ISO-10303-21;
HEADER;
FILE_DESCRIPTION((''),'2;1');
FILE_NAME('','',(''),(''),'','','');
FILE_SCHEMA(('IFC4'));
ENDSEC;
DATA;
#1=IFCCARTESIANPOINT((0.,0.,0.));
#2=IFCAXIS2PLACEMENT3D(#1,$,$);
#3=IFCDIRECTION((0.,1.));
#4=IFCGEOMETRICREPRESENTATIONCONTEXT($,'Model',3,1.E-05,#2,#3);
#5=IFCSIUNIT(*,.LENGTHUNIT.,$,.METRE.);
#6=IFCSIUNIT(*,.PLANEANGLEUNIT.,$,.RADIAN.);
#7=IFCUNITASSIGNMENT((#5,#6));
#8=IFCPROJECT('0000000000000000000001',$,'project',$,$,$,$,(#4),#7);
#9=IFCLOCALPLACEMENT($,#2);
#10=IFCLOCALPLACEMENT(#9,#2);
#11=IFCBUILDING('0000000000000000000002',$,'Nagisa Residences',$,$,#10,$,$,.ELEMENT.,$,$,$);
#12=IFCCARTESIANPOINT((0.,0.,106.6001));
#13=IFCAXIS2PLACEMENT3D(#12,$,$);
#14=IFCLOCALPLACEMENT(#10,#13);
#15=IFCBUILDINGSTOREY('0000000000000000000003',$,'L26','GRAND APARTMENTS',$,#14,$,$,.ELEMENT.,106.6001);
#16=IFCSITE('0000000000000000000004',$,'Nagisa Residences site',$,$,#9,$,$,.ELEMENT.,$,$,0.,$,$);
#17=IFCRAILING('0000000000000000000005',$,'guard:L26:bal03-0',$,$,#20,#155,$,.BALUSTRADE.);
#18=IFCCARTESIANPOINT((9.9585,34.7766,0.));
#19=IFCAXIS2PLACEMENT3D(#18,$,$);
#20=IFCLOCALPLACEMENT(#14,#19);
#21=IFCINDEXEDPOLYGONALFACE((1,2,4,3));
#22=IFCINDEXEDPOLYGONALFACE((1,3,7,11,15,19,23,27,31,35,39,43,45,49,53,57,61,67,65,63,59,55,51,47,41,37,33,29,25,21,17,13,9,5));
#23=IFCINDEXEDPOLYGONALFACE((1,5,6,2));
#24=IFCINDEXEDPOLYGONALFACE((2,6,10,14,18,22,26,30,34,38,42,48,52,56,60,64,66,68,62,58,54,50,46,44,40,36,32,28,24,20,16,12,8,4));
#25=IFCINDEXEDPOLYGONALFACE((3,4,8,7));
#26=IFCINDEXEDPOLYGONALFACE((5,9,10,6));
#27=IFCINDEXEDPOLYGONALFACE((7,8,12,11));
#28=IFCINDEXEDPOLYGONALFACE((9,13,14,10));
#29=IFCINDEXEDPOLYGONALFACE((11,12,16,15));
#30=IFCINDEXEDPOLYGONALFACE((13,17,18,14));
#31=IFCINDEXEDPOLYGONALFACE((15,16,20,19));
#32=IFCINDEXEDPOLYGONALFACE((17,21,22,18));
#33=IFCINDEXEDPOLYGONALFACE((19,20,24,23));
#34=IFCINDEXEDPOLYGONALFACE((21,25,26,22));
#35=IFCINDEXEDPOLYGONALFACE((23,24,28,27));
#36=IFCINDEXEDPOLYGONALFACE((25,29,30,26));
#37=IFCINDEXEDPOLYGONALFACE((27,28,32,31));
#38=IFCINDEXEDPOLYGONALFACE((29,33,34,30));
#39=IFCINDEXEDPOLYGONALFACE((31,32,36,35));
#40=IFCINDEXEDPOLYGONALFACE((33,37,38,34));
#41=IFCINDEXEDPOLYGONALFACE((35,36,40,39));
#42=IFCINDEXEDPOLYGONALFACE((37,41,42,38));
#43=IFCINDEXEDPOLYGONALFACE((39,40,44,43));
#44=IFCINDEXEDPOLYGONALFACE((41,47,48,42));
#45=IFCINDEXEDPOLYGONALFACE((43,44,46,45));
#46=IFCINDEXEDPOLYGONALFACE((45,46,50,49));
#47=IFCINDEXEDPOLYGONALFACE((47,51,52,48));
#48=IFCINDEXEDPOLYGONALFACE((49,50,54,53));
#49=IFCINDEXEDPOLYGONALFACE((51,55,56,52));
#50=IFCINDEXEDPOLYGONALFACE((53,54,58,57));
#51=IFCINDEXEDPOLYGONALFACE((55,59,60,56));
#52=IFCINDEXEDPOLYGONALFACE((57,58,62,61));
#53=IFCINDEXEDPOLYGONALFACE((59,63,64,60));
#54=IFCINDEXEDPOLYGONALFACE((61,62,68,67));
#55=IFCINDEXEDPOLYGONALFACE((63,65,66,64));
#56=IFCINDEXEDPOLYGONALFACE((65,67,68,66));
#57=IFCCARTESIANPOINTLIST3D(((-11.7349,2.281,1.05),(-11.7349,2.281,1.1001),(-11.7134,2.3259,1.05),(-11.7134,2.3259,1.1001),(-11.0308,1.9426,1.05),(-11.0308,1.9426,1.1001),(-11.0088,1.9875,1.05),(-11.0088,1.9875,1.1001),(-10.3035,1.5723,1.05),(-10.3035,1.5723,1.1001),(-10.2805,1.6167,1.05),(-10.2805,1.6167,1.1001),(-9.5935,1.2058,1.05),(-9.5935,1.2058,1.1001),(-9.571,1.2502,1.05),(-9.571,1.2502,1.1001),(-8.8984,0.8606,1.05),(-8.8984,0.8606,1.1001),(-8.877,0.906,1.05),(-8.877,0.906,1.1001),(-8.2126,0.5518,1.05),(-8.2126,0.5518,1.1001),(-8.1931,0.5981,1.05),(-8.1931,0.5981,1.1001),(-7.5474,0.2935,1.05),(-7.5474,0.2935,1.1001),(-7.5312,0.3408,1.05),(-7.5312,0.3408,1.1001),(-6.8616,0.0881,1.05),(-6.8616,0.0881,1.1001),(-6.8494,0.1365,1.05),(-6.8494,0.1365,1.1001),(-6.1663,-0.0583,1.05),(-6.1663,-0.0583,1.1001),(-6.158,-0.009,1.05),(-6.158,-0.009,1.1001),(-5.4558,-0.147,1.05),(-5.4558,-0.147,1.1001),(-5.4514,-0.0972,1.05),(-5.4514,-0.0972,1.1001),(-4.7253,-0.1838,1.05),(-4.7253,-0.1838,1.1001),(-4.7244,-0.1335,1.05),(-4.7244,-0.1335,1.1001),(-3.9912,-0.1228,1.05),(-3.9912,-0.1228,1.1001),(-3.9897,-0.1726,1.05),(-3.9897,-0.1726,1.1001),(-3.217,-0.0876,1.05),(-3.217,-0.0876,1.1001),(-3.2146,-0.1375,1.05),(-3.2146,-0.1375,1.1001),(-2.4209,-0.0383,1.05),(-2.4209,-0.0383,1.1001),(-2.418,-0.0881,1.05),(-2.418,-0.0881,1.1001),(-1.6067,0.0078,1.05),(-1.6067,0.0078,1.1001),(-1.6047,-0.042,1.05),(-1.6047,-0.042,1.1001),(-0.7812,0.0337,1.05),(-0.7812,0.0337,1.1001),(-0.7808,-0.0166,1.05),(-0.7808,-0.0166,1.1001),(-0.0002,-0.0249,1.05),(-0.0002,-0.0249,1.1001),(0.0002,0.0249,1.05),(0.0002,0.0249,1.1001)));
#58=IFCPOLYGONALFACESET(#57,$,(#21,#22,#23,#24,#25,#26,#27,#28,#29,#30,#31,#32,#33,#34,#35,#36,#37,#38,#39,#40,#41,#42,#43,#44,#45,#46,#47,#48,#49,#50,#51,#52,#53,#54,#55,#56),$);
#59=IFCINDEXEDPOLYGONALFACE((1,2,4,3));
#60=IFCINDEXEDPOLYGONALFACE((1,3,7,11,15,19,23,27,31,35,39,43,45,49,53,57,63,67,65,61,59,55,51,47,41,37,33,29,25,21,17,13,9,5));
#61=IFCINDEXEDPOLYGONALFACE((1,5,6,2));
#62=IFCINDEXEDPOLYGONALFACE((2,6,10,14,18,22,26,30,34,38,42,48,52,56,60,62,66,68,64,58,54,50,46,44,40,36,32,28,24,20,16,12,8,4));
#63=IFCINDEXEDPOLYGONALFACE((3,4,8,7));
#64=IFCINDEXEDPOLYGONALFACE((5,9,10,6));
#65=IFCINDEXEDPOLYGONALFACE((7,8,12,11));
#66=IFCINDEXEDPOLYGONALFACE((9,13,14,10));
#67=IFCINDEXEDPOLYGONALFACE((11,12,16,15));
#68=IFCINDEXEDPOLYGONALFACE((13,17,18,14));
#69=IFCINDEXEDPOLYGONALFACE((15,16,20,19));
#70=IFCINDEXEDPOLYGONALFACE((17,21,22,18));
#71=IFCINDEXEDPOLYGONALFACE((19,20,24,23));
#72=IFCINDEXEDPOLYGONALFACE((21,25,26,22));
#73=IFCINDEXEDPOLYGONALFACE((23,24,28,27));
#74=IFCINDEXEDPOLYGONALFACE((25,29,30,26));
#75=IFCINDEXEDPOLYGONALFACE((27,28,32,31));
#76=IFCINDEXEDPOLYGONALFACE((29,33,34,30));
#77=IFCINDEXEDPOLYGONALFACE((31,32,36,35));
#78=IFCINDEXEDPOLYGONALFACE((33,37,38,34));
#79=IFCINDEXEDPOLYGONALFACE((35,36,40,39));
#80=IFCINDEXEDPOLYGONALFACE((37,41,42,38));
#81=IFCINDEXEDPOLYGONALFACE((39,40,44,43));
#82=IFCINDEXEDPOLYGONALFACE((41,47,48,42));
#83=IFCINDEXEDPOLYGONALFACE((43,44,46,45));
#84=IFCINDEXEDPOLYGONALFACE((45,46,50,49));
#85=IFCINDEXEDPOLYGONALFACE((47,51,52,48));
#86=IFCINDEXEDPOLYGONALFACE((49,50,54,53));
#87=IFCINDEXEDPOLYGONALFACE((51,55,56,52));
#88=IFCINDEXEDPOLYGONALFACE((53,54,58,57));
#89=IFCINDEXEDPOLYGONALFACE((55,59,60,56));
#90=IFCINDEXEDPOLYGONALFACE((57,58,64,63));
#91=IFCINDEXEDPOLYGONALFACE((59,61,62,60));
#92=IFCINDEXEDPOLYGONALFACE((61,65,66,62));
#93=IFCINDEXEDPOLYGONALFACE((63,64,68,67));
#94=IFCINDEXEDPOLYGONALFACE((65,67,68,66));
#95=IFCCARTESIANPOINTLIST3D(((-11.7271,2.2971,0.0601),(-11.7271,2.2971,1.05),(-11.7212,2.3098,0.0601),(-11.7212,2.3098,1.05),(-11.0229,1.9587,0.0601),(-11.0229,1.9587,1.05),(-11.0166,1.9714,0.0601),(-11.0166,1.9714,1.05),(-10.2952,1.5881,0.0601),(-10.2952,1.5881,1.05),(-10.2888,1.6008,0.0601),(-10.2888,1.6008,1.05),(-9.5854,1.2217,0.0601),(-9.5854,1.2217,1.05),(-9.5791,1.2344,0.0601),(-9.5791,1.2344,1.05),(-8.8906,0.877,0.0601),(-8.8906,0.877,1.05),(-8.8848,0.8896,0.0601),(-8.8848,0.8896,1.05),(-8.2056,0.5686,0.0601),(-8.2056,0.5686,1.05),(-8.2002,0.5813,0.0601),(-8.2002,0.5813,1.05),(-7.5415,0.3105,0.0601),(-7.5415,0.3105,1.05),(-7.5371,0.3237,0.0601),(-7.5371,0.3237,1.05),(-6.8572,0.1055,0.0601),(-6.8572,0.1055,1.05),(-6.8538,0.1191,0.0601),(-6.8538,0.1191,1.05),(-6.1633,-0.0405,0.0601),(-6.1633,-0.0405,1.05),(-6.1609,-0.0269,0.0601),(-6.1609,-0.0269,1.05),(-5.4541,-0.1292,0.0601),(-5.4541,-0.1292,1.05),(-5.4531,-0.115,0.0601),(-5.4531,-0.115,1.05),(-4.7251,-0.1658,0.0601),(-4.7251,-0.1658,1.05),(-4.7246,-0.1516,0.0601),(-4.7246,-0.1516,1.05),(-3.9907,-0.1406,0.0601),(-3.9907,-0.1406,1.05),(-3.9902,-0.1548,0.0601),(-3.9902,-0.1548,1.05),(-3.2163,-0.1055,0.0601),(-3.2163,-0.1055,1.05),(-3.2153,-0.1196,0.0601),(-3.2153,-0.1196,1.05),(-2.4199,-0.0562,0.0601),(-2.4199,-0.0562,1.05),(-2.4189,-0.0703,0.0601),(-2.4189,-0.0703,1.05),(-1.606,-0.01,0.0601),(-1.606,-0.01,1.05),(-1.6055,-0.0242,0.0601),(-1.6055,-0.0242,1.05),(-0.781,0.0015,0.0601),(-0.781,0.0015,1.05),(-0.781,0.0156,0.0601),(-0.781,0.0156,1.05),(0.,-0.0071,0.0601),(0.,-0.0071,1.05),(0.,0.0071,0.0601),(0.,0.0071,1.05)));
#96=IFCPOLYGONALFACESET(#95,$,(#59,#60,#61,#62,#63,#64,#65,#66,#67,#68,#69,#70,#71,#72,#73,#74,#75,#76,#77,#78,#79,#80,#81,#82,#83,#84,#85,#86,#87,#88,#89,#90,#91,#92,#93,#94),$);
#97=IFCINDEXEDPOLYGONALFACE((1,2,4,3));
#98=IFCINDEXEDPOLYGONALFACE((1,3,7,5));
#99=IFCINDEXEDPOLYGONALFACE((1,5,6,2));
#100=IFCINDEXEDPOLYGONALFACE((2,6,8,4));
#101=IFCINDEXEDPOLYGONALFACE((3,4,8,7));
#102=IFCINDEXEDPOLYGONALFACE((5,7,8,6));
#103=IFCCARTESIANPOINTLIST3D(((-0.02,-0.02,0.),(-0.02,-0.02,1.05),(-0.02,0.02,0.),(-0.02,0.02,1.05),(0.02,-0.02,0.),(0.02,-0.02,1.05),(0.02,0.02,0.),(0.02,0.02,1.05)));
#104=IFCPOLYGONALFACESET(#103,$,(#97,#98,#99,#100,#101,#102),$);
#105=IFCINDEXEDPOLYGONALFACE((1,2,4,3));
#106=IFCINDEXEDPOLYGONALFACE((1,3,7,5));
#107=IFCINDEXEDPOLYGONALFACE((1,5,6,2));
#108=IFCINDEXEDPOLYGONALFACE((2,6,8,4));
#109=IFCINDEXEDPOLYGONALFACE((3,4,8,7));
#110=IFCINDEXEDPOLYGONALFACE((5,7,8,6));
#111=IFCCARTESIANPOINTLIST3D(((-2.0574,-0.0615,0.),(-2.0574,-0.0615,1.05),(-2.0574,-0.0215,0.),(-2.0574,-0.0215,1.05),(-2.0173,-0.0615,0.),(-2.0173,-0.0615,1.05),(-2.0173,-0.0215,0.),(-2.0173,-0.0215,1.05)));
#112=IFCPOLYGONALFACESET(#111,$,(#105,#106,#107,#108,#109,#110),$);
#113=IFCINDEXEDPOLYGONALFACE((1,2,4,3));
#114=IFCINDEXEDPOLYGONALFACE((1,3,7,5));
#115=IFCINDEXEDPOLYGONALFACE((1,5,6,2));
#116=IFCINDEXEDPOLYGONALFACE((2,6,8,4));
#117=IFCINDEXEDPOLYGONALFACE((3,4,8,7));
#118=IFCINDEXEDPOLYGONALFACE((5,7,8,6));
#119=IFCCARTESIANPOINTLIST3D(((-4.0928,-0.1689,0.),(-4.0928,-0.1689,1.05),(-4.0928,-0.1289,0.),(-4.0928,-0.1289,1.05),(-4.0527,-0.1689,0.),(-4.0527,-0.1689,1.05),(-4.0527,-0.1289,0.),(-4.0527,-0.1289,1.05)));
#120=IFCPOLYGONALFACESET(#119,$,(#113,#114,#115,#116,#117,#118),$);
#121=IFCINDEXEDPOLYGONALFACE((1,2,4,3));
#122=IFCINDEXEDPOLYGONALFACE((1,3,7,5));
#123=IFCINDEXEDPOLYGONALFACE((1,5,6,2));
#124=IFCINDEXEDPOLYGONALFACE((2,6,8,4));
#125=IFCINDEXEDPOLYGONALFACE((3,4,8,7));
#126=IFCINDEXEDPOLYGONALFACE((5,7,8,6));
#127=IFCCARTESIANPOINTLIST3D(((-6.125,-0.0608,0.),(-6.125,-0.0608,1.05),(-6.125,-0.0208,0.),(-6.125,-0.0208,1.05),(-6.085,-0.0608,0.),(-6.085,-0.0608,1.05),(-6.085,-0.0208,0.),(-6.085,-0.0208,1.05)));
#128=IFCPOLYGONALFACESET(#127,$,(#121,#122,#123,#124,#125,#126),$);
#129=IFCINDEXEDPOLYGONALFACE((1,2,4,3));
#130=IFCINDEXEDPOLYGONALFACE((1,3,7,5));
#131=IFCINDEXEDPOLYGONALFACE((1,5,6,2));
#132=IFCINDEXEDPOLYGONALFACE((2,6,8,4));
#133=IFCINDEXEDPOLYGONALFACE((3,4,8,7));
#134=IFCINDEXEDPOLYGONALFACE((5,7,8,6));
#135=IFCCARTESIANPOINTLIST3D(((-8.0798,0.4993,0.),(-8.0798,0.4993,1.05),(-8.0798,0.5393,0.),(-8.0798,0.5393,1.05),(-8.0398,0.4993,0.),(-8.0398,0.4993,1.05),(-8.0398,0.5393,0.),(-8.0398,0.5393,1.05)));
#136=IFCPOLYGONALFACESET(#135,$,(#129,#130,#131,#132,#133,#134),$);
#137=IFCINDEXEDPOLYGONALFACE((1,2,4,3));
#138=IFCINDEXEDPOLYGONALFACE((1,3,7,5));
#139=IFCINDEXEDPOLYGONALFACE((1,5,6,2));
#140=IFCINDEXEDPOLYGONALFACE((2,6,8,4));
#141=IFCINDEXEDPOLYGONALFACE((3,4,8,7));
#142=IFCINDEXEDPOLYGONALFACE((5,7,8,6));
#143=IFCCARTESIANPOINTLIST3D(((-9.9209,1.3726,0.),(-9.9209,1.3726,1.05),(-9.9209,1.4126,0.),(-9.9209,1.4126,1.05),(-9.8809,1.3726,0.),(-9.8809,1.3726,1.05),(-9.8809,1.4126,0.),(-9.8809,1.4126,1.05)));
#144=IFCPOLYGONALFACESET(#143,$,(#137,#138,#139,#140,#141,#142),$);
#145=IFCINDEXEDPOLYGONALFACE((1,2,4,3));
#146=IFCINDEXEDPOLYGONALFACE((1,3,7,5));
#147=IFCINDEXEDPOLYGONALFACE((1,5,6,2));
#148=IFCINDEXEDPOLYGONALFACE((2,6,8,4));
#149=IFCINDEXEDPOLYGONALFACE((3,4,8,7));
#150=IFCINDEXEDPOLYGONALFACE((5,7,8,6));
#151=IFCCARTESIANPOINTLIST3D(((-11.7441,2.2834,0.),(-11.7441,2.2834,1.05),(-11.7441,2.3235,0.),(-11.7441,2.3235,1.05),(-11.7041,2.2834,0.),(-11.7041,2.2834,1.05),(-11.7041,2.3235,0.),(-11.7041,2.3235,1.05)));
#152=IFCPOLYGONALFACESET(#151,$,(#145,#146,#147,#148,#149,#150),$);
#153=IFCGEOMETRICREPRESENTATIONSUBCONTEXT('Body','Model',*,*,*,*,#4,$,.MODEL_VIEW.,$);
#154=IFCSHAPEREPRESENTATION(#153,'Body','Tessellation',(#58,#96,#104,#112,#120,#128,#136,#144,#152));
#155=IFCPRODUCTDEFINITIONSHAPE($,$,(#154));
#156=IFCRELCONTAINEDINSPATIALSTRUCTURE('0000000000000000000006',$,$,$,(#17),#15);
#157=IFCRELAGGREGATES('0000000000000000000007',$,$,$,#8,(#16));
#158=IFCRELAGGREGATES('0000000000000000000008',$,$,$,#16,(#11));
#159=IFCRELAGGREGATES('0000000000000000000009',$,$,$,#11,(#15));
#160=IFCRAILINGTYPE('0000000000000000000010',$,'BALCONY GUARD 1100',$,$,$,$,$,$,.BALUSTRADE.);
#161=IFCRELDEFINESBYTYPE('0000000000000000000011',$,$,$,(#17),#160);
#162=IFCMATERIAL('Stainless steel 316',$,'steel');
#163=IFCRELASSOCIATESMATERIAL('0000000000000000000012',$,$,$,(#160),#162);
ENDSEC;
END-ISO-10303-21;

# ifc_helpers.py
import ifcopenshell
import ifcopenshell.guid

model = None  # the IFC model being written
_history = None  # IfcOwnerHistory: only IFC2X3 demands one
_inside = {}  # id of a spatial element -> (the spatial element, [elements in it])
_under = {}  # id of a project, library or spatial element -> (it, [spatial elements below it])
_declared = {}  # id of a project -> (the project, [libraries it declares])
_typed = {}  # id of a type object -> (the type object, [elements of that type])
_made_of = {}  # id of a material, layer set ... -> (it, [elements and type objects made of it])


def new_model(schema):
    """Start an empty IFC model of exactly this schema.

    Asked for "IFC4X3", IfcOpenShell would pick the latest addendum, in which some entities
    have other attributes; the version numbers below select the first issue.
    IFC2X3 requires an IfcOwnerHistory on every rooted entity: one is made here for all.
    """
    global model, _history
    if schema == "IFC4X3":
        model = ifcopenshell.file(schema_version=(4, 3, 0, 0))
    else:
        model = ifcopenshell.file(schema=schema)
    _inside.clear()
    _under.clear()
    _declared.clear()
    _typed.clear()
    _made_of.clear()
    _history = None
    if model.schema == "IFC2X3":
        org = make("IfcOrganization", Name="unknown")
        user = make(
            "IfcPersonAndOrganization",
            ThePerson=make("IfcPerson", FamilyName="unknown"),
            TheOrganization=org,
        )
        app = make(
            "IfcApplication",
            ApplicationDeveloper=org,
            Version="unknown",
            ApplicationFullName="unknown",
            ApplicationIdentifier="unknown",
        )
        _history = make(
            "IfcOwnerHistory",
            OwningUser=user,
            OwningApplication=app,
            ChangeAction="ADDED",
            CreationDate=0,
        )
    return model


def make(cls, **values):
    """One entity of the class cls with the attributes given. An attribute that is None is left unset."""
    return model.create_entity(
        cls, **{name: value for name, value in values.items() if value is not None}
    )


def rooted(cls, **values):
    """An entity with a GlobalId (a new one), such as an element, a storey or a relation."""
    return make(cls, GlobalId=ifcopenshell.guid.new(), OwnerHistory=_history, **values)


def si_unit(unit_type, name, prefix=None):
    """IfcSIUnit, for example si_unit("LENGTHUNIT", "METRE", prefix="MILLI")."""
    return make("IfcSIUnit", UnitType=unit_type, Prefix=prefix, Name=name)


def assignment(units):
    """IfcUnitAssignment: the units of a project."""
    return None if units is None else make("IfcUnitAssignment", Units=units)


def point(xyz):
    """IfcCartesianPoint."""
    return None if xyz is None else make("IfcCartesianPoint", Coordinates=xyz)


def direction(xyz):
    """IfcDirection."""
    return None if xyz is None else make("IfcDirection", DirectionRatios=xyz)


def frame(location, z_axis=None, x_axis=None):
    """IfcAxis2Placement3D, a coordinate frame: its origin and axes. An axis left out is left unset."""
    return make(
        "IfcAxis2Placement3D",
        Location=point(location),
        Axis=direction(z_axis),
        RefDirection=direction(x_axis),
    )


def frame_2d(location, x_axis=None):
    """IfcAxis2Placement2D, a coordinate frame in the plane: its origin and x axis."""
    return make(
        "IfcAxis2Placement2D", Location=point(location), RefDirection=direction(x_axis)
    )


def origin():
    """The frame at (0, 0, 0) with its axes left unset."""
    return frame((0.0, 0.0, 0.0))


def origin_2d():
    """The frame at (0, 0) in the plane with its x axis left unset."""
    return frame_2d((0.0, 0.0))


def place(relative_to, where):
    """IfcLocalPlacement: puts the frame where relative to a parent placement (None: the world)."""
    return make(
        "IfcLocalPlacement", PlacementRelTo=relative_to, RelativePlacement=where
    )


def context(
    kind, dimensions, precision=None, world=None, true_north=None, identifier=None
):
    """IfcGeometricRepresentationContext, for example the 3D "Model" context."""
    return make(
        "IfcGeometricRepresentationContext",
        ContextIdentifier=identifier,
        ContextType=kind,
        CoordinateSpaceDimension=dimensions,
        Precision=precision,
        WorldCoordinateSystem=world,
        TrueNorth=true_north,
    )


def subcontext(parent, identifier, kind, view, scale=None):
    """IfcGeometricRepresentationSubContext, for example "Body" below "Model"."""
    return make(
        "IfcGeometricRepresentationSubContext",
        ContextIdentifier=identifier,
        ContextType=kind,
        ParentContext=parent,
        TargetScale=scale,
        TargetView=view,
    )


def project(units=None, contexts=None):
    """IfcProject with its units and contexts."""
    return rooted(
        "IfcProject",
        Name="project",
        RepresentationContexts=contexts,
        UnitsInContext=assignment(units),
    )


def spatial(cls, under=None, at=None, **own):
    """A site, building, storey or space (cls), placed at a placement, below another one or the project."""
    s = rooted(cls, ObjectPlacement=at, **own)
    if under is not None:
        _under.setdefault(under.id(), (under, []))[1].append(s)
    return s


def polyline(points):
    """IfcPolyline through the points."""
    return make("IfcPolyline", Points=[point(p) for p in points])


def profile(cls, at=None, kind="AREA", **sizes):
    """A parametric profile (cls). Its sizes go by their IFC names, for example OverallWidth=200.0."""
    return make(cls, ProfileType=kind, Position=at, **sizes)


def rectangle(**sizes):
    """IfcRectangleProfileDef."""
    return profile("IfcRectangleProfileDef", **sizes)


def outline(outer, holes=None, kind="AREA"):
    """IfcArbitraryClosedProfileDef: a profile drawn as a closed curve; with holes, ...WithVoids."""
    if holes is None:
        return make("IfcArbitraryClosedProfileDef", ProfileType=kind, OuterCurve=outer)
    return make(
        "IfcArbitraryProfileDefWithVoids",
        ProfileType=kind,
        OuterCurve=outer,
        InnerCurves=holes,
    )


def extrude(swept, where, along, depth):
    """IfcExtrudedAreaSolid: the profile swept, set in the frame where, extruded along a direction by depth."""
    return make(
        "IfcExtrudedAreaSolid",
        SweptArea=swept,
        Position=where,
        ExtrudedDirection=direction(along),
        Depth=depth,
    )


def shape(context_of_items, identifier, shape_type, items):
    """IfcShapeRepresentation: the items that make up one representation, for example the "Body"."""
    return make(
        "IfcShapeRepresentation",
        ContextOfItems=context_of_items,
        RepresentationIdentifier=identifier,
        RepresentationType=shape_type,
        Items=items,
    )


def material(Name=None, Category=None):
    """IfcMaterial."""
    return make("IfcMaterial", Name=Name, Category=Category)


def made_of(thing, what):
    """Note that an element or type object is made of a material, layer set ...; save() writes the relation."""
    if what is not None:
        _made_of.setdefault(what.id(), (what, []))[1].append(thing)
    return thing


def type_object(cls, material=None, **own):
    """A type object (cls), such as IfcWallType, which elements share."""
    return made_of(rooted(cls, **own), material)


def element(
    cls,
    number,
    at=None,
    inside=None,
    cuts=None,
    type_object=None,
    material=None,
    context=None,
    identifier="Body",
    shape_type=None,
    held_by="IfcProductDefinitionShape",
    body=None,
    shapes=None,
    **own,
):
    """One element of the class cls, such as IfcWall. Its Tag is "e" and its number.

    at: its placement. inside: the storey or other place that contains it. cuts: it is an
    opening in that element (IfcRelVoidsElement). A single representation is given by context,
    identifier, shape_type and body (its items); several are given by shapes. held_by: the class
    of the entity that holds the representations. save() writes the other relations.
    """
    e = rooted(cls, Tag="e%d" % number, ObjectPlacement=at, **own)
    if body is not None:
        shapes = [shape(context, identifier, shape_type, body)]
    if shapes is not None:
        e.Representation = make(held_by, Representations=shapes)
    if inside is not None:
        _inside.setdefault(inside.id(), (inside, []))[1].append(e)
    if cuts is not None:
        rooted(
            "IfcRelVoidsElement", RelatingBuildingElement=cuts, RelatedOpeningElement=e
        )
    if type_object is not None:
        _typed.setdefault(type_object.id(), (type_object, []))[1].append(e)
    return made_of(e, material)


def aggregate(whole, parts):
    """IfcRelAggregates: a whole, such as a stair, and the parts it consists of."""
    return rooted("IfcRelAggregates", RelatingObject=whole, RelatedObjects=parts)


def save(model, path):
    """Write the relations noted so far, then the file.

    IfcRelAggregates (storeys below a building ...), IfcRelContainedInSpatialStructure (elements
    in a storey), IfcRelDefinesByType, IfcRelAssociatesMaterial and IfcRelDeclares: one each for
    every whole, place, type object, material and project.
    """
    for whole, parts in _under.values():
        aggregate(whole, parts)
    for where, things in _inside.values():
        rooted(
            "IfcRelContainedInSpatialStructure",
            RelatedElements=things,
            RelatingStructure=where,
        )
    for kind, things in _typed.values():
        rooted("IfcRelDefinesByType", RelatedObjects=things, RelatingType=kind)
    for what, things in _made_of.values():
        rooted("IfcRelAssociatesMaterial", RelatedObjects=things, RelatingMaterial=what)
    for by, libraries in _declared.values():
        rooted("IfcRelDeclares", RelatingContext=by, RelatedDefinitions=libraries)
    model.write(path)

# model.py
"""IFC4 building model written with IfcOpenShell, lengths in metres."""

from ifc_helpers import new_model, si_unit, direction, frame, origin, origin_2d, place, context, subcontext, project, spatial, polyline, rectangle, outline, extrude, material, type_object, element, save


model = new_model("IFC4")

# Units and contexts
model_context = context("Model", 3, precision=1e-05, world=origin(), true_north=direction((0.0, 1.0)))
body_context = subcontext(model_context, "Body", "Model", "MODEL_VIEW")
ifc_project = project(units=[si_unit("LENGTHUNIT", "METRE"), si_unit("PLANEANGLEUNIT", "RADIAN")], contexts=[model_context])

# Site, building, storey
site_placement = place(None, origin())
site = spatial("IfcSite", under=ifc_project, at=site_placement, Name="Nagisa Residences site", CompositionType="ELEMENT", RefElevation=0.0)
building_placement = place(site_placement, origin())
building = spatial("IfcBuilding", under=site, at=building_placement, Name="Nagisa Residences", CompositionType="ELEMENT")
storey_placement = place(building_placement, frame((0.0, 0.0, 106.6001)))
storey = spatial("IfcBuildingStorey", under=building, at=storey_placement, Name="L26", Description="GRAND APARTMENTS", CompositionType="ELEMENT", Elevation=106.6001)

# Railing
ifc_material_1 = material(Name="Stainless steel 316", Category="steel")
railing_type = type_object("IfcRailingType", Name="BALCONY GUARD 1100", PredefinedType="BALUSTRADE", material=ifc_material_1)
railing_placement = place(storey_placement, frame((9.9585, 34.7766, 0.0)))
element("IfcRailing", 1, at=railing_placement, inside=storey, type_object=railing_type, Name="guard:L26:bal03-0", PredefinedType="BALUSTRADE", context=body_context, shape_type="SweptSolid", body=[
    extrude(outline(polyline([(-0.7808, -0.0166), (-0.0002, -0.0249), (0.0002, 0.0249), (-0.7812, 0.0337), (-1.6067, 0.0078), (-2.4209, -0.0383), (-3.217, -0.0876), (-3.9912, -0.1228), (-4.7244, -0.1335), (-5.4514, -0.0972), (-6.158, -0.009), (-6.8494, 0.1365), (-7.5312, 0.3408), (-8.1931, 0.5981), (-8.877, 0.906), (-9.571, 1.2502), (-10.2805, 1.6167), (-11.0088, 1.9875), (-11.7134, 2.3259), (-11.7349, 2.281), (-11.0308, 1.9426), (-10.3035, 1.5723), (-9.5935, 1.2058), (-8.8984, 0.8606), (-8.2126, 0.5518), (-7.5474, 0.2935), (-6.8616, 0.0881), (-6.1663, -0.0583), (-5.4558, -0.147), (-4.7253, -0.1838), (-3.9897, -0.1726), (-3.2146, -0.1375), (-2.418, -0.0881), (-1.6047, -0.042), (-0.7808, -0.0166)])), frame((0.0, 0.0, 1.05)), (0.0, 0.0, 1.0), 0.05),
    extrude(outline(polyline([(-0.781, 0.0015), (0.0, -0.0071), (0.0, 0.0071), (-0.781, 0.0156), (-1.606, -0.01), (-2.4199, -0.0562), (-3.2163, -0.1055), (-3.9907, -0.1406), (-4.7246, -0.1516), (-5.4531, -0.115), (-6.1609, -0.0269), (-6.8538, 0.1191), (-7.5371, 0.3237), (-8.2002, 0.5813), (-8.8848, 0.8896), (-9.5791, 1.2344), (-10.2888, 1.6008), (-11.0166, 1.9714), (-11.7212, 2.3098), (-11.7271, 2.2971), (-11.0229, 1.9587), (-10.2952, 1.5881), (-9.5854, 1.2217), (-8.8906, 0.877), (-8.2056, 0.5686), (-7.5415, 0.3105), (-6.8572, 0.1055), (-6.1633, -0.0405), (-5.4541, -0.1292), (-4.7251, -0.1658), (-3.9902, -0.1548), (-3.2153, -0.1196), (-2.4189, -0.0703), (-1.6055, -0.0242), (-0.781, 0.0015)])), frame((0.0, 0.0, 0.0601)), (0.0, 0.0, 1.0), 0.99),
    extrude(rectangle(XDim=0.04, YDim=0.04, at=origin_2d()), origin(), (0.0, 0.0, 1.0), 1.05),
    extrude(rectangle(XDim=0.04, YDim=0.04, at=origin_2d()), frame((-2.0374, -0.0415, 0.0)), (0.0, 0.0, 1.0), 1.05),
    extrude(rectangle(XDim=0.04, YDim=0.04, at=origin_2d()), frame((-4.0728, -0.1489, 0.0)), (0.0, 0.0, 1.0), 1.05),
    extrude(rectangle(XDim=0.04, YDim=0.04, at=origin_2d()), frame((-6.105, -0.0408, 0.0)), (0.0, 0.0, 1.0), 1.05),
    extrude(rectangle(XDim=0.04, YDim=0.04, at=origin_2d()), frame((-8.0598, 0.5193, 0.0)), (0.0, 0.0, 1.0), 1.05),
    extrude(rectangle(XDim=0.04, YDim=0.04, at=origin_2d()), frame((-9.9009, 1.3926, 0.0)), (0.0, 0.0, 1.0), 1.05),
    extrude(rectangle(XDim=0.04, YDim=0.04, at=origin_2d()), frame((-11.7241, 2.3035, 0.0)), (0.0, 0.0, 1.0), 1.05),
])

save(model, "model.ifc")
